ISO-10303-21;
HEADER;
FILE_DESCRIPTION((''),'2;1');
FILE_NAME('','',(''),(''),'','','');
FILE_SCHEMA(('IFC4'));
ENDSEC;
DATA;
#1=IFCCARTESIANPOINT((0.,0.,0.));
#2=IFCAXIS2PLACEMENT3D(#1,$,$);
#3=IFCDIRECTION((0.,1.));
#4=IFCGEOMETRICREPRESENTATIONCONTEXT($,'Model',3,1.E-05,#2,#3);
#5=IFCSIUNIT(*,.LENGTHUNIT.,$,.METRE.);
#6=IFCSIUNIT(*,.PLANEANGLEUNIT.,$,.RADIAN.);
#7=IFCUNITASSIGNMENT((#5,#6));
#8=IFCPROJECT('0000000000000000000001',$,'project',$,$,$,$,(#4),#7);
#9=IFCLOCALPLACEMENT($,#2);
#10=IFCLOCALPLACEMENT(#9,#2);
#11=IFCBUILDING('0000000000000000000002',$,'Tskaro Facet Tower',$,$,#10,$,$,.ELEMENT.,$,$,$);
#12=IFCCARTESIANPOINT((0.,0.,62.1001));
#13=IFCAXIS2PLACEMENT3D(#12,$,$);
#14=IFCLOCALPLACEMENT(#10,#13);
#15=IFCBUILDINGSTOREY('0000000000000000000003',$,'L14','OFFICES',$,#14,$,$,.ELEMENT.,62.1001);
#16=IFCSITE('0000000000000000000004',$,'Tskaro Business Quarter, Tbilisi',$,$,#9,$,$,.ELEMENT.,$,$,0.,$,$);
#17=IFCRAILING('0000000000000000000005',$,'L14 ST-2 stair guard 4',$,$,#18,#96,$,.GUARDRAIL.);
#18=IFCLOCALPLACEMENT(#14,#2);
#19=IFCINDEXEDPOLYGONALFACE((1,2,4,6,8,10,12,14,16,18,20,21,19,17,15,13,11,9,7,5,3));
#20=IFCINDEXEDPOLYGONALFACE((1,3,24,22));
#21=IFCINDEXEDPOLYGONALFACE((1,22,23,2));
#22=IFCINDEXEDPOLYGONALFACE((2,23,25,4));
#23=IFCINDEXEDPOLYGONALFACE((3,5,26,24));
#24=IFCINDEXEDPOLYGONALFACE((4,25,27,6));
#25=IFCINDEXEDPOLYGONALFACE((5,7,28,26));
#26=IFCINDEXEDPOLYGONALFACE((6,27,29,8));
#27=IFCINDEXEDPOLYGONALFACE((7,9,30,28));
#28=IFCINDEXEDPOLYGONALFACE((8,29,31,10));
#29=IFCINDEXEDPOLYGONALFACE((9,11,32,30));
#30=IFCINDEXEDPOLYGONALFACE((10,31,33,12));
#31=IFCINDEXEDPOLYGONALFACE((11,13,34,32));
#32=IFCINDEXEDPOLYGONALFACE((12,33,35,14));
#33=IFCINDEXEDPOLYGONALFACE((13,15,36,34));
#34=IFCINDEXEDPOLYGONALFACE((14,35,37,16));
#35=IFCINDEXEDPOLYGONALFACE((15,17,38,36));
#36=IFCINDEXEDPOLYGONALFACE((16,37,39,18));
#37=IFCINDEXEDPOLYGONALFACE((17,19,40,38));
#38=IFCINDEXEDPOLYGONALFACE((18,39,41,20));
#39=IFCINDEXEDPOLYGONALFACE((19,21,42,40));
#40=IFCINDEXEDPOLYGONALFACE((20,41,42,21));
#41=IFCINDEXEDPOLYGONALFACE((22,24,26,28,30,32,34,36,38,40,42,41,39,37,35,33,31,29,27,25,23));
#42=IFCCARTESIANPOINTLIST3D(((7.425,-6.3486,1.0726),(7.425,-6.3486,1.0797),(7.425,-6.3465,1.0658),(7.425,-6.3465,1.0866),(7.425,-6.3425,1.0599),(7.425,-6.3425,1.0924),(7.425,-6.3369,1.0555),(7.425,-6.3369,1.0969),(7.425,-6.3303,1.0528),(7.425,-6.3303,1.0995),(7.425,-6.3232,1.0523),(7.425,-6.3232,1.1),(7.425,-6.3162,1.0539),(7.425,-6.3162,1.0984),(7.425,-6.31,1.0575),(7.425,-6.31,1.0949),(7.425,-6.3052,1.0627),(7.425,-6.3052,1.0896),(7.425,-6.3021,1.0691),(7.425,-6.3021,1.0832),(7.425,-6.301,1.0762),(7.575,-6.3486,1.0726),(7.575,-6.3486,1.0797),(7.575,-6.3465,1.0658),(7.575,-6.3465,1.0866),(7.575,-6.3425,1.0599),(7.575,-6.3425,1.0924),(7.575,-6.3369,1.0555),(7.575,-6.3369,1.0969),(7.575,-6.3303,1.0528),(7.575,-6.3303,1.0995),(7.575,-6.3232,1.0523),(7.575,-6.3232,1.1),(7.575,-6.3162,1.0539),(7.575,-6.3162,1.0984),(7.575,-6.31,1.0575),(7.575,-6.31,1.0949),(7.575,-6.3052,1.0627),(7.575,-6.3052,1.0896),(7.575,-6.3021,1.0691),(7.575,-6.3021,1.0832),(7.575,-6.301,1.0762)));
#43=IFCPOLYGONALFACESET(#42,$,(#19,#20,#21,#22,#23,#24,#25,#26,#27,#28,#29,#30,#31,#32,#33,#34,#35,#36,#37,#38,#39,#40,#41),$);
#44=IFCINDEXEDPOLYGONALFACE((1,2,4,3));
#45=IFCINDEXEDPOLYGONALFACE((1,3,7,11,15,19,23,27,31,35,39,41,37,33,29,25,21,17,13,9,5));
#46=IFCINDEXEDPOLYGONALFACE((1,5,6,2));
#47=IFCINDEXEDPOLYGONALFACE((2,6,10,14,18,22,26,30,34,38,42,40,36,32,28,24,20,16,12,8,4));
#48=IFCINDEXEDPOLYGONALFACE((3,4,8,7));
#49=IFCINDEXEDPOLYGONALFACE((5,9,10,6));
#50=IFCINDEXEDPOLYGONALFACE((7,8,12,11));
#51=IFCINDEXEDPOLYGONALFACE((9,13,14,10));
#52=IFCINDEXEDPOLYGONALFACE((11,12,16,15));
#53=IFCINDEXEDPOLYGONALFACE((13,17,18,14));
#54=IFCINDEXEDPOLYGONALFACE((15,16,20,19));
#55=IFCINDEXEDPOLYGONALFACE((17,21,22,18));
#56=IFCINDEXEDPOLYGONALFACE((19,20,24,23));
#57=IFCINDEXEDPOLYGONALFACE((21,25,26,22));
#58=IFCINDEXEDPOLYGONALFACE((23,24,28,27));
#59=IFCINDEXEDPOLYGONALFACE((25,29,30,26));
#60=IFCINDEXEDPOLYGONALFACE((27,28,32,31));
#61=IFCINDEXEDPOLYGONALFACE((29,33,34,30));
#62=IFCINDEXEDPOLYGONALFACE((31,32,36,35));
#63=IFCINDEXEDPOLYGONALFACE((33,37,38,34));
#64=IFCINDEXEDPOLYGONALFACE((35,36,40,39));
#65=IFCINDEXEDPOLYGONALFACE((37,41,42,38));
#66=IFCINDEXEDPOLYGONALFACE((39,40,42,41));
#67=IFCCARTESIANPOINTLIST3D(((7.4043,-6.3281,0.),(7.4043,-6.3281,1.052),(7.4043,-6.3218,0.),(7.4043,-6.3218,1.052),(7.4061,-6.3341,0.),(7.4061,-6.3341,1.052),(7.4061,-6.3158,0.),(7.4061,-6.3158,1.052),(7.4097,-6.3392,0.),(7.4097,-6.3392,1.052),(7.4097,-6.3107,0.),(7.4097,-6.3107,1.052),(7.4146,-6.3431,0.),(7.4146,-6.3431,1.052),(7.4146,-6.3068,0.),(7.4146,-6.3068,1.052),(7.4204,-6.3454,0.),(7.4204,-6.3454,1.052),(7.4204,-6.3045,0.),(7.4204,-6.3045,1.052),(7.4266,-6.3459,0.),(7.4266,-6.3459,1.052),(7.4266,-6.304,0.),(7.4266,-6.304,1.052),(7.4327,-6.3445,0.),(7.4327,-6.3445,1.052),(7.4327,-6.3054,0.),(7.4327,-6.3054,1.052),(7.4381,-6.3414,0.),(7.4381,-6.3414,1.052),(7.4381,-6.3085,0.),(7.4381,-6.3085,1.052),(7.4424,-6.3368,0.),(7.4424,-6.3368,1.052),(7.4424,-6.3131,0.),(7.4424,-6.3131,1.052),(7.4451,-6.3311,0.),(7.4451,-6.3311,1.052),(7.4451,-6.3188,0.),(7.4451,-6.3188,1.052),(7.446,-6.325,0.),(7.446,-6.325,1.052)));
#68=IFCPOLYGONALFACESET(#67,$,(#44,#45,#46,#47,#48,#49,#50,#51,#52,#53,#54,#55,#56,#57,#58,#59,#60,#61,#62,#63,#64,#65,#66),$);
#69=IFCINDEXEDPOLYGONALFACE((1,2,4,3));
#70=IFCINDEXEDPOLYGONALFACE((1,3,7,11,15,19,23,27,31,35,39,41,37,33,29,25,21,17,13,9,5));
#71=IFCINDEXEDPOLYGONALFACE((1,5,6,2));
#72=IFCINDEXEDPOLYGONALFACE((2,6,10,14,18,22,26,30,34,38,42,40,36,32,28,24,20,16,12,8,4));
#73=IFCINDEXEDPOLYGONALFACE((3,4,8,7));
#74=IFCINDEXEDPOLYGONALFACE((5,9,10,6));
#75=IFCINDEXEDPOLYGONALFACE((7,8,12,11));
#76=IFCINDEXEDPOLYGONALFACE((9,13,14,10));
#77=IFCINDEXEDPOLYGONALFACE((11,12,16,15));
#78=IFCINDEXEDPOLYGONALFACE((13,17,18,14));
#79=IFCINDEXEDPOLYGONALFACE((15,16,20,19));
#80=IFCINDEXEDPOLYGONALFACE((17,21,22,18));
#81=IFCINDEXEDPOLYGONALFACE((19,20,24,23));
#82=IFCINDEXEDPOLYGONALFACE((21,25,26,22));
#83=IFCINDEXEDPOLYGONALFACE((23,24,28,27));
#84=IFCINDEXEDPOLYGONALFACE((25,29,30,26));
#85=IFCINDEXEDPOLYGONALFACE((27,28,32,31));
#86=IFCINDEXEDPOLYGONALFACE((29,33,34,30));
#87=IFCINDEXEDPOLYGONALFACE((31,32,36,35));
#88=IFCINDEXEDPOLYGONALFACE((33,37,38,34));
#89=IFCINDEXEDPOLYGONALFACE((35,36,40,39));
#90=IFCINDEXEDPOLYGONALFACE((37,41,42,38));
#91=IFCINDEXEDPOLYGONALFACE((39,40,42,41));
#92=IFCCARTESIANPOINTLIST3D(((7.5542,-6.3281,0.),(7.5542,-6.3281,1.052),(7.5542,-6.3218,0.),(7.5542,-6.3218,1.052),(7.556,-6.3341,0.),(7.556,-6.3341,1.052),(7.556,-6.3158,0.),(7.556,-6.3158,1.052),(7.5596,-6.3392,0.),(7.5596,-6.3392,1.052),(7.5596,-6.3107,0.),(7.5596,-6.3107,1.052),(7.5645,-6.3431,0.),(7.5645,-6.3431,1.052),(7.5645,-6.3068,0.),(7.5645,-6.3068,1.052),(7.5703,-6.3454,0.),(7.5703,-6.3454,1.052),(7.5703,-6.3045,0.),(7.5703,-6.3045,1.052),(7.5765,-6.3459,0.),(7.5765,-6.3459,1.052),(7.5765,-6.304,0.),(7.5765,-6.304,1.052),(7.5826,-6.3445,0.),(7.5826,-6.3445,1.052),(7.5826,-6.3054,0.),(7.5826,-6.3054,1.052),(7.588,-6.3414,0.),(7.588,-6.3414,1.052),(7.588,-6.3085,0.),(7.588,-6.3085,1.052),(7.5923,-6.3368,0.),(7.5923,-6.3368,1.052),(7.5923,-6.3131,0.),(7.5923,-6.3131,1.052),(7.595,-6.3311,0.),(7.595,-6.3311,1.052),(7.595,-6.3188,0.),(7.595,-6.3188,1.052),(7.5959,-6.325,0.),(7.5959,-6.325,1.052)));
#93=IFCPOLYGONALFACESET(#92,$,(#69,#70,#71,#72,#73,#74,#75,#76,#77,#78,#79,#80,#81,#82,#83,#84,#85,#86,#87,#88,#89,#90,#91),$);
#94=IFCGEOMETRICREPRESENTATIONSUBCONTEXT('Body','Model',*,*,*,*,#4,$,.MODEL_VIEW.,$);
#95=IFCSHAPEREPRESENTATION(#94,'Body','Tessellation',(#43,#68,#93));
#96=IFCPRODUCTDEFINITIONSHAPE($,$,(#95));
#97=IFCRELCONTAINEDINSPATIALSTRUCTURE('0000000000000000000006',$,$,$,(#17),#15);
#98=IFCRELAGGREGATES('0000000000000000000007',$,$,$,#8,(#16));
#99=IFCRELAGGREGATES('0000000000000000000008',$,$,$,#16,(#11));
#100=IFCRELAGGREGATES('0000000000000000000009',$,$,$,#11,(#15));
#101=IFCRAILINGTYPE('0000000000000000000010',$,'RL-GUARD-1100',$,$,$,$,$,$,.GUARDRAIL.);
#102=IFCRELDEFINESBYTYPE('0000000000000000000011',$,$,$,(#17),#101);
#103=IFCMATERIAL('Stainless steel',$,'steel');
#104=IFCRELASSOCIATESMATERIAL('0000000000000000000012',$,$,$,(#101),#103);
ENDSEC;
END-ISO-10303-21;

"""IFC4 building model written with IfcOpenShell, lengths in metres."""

from ifc_helpers import new_model, si_unit, direction, frame, origin, origin_2d, place, context, subcontext, project, spatial, circle, extrude, material, type_object, element, save


model = new_model("IFC4")

# Units and contexts
model_context = context("Model", 3, precision=1e-05, world=origin(), true_north=direction((0.0, 1.0)))
body_context = subcontext(model_context, "Body", "Model", "MODEL_VIEW")
ifc_project = project(units=[si_unit("LENGTHUNIT", "METRE"), si_unit("PLANEANGLEUNIT", "RADIAN")], contexts=[model_context])

# Site, building, storey
site_placement = place(None, origin())
site = spatial("IfcSite", under=ifc_project, at=site_placement, Name="Tskaro Business Quarter, Tbilisi", CompositionType="ELEMENT", RefElevation=0.0)
building_placement = place(site_placement, origin())
building = spatial("IfcBuilding", under=site, at=building_placement, Name="Tskaro Facet Tower", CompositionType="ELEMENT")
storey_placement = place(building_placement, frame((0.0, 0.0, 62.1001)))
storey = spatial("IfcBuildingStorey", under=building, at=storey_placement, Name="L14", Description="OFFICES", CompositionType="ELEMENT", Elevation=62.1001)

# Shared definitions
ifc_material_1 = material(Name="Stainless steel", Category="steel")

# Railing
railing_type_1 = type_object("IfcRailingType", Name="RL-GUARD-1100", PredefinedType="GUARDRAIL", material=ifc_material_1)
railing_1_placement = place(storey_placement, frame((7.425, -6.325, 0.0)))
element("IfcRailing", 1, at=railing_1_placement, inside=storey, type_object=railing_type_1, Name="L14 ST-2 stair guard 4", PredefinedType="GUARDRAIL", context=body_context, shape_type="SweptSolid", body=[
    extrude(circle(Radius=0.0239, at=origin_2d()), frame((0.0, 0.0, 1.0762), z_axis=(1.0, 0.0, 0.0), x_axis=(0.0, 1.0, 0.0)), (0.0, 0.0, 1.0), 0.1499),
    extrude(circle(Radius=0.021, at=origin_2d()), origin(), (0.0, 0.0, 1.0), 1.052),
    extrude(circle(Radius=0.021, at=origin_2d()), frame((0.1499, 0.0, 0.0)), (0.0, 0.0, 1.0), 1.052),
])

save(model, "model.ifc")
